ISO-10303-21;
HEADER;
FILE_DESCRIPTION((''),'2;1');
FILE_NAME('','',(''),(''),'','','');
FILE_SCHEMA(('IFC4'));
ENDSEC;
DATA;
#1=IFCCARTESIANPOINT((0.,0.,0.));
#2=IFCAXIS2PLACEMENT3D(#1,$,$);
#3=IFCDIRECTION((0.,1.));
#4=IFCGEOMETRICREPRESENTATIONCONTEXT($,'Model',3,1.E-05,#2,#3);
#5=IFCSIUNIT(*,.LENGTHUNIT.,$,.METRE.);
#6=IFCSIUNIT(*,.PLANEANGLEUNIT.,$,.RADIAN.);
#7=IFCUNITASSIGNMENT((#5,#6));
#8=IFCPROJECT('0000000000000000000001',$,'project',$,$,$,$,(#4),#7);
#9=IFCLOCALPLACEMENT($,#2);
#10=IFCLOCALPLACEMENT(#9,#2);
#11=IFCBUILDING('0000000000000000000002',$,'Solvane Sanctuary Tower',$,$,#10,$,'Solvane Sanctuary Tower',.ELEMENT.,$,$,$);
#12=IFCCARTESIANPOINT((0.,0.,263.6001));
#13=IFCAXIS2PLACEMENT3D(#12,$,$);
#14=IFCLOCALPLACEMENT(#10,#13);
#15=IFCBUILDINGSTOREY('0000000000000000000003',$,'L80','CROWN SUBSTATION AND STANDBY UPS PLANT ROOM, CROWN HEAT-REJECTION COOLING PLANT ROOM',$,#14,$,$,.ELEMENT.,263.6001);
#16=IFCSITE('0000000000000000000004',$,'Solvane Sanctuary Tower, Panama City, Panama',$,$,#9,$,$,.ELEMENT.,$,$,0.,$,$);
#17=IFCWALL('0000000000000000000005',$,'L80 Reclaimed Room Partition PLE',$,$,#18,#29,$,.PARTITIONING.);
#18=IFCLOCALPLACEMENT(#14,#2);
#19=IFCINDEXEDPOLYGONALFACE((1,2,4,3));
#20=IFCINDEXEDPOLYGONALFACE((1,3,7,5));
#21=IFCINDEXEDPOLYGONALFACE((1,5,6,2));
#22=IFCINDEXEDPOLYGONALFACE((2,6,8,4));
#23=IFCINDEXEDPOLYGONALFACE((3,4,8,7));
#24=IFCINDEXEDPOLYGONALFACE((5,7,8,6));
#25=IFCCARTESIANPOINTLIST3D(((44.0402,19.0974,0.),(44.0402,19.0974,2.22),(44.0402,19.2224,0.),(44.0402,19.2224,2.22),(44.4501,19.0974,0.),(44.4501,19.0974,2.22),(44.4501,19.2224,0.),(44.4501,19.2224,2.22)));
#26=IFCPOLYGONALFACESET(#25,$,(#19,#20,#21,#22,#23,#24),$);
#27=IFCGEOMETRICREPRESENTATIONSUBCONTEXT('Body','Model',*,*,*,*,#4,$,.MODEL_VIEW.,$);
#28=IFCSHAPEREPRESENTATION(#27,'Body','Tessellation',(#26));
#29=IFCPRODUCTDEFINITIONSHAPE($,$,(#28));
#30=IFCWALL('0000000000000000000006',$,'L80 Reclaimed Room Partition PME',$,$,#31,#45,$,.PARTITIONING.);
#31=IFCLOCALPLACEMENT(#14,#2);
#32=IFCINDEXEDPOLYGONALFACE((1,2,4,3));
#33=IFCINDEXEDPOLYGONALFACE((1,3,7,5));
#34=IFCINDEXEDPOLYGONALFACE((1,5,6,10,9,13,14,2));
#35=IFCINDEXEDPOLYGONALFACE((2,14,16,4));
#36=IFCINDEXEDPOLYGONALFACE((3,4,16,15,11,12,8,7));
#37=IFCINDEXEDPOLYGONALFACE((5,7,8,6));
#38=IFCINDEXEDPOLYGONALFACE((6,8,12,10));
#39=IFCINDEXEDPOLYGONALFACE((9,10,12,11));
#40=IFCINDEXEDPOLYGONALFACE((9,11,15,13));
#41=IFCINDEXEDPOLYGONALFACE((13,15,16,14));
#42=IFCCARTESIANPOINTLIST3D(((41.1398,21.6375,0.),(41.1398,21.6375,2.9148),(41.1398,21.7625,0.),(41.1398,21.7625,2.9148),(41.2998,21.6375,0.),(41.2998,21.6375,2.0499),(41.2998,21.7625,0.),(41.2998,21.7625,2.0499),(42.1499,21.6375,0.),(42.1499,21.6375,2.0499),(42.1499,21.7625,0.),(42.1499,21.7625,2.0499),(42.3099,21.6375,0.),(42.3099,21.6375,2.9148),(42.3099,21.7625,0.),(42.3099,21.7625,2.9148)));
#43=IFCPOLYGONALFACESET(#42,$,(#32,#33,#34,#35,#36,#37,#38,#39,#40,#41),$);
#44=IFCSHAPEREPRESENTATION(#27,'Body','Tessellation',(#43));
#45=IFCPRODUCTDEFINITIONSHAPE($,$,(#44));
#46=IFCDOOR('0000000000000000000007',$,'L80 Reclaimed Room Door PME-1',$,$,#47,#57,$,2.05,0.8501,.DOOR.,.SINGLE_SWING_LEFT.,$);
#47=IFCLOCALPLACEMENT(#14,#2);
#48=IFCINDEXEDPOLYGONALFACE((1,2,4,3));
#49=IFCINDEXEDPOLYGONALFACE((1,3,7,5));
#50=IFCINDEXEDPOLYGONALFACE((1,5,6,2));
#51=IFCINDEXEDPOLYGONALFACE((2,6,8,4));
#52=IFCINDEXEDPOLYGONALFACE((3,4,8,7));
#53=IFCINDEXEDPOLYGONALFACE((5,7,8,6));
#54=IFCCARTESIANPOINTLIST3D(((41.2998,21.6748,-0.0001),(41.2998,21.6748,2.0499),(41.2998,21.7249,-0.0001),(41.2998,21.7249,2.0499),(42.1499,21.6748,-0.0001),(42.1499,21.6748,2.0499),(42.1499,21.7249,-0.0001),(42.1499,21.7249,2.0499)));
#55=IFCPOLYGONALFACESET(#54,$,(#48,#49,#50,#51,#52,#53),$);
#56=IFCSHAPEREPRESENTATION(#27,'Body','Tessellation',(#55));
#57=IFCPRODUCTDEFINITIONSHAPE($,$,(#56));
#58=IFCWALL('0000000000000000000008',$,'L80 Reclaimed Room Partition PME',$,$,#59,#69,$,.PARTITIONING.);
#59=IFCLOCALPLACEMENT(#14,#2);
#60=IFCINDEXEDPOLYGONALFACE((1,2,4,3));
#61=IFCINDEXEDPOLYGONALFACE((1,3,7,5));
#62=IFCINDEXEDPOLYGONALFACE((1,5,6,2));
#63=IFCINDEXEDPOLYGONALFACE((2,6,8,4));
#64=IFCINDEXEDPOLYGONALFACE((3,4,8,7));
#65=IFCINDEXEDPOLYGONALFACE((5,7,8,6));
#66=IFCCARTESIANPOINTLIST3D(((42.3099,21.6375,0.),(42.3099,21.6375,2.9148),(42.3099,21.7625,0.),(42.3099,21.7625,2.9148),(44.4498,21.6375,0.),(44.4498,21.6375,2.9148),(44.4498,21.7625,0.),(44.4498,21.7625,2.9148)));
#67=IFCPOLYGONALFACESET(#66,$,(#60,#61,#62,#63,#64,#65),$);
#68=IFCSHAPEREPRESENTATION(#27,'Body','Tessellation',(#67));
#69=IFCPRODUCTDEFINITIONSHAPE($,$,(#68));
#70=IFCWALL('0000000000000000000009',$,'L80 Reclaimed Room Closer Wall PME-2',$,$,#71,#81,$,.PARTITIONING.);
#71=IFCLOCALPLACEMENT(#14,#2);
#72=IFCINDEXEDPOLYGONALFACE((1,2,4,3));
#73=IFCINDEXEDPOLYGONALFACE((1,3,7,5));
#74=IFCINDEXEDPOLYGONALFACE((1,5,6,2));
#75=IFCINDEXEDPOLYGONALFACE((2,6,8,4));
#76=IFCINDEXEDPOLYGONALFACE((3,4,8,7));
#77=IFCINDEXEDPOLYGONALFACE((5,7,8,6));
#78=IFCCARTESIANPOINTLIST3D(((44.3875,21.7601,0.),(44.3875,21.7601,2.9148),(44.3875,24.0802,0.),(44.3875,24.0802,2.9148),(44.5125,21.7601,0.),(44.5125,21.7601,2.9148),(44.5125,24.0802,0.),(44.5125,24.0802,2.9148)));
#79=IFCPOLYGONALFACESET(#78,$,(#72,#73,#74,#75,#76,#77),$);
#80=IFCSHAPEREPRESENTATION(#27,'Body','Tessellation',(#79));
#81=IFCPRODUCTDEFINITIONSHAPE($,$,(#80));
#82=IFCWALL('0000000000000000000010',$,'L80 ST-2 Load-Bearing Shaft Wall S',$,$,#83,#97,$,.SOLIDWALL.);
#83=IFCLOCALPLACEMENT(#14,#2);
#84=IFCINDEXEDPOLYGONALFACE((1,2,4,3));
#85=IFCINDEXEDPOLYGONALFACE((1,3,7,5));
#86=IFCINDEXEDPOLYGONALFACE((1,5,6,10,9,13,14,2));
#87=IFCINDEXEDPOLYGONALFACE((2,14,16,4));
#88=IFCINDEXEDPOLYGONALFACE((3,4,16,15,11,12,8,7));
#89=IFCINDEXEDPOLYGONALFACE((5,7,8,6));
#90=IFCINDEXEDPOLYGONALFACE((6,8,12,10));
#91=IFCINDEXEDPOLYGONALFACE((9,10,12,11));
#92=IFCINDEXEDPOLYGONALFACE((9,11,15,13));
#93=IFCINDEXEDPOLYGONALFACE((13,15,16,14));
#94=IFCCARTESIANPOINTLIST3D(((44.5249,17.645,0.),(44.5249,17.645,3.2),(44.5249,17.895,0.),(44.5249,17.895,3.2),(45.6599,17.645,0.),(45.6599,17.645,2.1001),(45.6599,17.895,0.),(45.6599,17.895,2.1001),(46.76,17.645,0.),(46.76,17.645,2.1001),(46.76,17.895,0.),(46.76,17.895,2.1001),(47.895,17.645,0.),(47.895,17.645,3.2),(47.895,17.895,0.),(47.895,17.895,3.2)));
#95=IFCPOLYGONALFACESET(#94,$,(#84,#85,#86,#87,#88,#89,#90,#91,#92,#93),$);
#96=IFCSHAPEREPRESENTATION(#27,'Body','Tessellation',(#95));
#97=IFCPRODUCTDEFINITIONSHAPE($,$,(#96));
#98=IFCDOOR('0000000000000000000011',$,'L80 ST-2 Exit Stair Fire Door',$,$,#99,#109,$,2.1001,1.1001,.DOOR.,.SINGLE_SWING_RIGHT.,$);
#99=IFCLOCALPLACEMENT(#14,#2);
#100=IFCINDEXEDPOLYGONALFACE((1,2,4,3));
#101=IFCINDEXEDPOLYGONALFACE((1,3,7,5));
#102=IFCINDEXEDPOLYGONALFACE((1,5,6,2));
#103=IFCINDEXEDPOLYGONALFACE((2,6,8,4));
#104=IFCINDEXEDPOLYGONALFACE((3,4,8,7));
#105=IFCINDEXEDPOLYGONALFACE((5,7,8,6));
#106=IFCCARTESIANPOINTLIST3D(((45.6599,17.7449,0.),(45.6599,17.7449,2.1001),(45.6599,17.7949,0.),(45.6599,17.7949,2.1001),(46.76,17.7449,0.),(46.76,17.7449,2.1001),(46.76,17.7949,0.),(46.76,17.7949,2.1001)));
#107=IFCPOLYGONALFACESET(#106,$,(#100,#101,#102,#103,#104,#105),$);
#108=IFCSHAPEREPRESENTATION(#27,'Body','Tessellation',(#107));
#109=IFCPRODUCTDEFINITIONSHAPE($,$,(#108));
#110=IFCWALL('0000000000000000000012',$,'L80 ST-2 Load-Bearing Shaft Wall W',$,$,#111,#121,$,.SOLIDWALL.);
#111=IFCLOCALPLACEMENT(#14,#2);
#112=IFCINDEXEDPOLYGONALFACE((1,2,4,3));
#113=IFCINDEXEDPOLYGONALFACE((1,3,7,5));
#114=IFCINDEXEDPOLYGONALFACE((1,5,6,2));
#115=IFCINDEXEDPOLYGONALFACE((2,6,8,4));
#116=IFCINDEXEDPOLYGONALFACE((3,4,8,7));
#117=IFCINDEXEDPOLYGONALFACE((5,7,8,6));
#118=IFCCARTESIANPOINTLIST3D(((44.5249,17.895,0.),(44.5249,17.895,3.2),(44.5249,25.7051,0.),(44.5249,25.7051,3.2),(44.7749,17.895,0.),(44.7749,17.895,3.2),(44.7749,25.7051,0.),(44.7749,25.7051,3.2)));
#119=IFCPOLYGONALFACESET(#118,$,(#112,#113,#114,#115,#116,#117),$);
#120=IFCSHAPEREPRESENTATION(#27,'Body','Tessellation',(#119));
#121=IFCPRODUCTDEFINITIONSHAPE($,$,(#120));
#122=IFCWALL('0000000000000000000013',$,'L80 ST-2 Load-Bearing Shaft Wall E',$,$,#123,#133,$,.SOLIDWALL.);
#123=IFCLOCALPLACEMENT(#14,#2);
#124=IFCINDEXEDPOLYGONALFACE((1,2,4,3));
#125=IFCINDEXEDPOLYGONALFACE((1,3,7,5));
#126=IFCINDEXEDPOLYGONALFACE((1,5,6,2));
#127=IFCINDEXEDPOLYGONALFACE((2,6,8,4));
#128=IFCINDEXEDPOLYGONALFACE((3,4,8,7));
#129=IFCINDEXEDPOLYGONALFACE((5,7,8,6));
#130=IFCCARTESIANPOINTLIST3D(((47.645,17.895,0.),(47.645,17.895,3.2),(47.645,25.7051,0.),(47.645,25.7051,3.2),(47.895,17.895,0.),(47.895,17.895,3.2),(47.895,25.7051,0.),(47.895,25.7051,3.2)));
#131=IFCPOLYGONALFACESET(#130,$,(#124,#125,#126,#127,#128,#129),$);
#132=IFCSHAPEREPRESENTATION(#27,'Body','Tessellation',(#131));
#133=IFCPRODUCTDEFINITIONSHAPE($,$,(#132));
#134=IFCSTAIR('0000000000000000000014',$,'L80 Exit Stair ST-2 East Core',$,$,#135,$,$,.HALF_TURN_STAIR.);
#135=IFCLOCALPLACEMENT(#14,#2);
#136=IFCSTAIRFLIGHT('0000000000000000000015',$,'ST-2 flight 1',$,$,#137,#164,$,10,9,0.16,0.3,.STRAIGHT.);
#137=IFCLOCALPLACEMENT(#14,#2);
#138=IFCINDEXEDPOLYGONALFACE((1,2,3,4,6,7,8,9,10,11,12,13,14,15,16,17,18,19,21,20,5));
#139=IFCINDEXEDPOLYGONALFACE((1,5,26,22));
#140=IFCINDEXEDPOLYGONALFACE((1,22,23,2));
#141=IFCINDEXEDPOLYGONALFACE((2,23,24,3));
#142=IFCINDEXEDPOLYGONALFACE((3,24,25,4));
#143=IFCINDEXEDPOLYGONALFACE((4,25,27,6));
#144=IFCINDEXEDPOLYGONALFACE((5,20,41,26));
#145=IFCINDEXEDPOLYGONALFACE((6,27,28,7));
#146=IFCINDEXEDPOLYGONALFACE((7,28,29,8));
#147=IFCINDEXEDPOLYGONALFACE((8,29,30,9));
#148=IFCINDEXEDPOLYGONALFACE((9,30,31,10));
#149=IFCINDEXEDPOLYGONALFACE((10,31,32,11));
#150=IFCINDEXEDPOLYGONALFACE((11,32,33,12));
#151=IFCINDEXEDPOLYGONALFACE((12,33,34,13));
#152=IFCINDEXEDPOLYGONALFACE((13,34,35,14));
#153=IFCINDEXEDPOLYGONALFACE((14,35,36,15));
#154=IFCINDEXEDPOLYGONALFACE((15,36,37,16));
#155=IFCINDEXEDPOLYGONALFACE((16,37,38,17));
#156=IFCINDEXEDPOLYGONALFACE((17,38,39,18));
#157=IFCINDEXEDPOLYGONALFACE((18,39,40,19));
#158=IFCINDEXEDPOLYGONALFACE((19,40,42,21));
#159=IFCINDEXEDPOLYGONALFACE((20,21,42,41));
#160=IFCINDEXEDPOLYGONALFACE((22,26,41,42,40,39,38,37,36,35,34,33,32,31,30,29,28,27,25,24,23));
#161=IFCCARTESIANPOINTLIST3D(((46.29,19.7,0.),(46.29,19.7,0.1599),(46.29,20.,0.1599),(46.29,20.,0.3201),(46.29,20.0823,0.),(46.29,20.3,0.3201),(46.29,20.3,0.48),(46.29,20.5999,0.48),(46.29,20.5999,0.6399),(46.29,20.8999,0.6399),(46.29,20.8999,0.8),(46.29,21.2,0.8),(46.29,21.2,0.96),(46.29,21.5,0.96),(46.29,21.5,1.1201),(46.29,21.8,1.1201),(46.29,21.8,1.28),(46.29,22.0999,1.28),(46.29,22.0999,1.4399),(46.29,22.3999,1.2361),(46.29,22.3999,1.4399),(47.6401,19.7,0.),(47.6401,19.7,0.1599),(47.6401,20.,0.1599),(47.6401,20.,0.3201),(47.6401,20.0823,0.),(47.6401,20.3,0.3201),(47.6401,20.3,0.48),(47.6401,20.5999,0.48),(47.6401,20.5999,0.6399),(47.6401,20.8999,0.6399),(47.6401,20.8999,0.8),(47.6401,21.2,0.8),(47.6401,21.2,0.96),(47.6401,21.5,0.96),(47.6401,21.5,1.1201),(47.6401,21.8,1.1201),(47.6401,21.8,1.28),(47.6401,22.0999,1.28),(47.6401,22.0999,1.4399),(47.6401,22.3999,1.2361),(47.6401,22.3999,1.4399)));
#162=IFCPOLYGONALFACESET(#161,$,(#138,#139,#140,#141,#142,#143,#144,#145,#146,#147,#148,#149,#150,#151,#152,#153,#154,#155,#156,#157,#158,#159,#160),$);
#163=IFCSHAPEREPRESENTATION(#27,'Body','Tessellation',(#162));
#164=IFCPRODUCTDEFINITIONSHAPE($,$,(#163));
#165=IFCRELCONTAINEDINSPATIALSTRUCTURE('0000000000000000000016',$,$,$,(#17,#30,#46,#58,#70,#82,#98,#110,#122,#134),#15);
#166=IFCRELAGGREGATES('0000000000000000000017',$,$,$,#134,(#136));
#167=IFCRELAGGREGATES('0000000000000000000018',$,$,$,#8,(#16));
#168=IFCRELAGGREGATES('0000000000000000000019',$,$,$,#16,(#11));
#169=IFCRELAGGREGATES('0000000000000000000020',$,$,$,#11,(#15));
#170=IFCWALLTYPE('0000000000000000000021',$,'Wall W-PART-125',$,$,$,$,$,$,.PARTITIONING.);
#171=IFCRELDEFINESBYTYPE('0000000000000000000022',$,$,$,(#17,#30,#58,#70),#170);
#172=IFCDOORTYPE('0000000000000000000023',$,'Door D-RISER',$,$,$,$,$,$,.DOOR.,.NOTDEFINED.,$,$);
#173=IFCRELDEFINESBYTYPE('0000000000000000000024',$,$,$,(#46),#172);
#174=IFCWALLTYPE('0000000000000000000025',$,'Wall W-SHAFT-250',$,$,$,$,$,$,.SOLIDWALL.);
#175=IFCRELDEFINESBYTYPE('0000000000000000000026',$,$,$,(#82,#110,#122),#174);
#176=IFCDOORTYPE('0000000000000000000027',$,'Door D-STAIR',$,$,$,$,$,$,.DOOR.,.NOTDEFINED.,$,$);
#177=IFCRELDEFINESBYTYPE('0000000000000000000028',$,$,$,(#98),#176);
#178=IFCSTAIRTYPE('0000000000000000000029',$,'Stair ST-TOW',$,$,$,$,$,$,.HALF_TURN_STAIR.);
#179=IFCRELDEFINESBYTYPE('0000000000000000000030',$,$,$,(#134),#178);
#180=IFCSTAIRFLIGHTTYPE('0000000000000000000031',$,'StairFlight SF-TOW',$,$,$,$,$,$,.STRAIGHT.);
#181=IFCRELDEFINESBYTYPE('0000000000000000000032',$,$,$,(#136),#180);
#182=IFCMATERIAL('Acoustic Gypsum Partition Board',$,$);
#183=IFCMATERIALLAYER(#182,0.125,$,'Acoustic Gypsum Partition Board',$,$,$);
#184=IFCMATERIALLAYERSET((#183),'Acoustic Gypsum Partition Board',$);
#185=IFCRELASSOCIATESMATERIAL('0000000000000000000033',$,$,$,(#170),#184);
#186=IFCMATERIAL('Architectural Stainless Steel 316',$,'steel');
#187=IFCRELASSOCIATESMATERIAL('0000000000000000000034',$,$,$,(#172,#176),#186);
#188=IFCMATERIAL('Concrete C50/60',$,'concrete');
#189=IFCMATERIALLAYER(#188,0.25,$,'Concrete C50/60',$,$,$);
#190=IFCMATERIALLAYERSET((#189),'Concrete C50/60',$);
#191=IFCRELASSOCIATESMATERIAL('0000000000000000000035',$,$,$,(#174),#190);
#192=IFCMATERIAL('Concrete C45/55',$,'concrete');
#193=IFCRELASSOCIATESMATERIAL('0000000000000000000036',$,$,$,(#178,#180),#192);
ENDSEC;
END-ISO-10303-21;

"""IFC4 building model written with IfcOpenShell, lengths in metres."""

from ifc_helpers import new_model, si_unit, direction, frame, frame_2d, origin, place, context, subcontext, project, spatial, polyline, rectangle, outline, extrude, material, layer, layer_set, type_object, element, fill, aggregate, save


model = new_model("IFC4")

# Units and contexts
model_context = context("Model", 3, precision=1e-05, world=origin(), true_north=direction((0.0, 1.0)))
body_context = subcontext(model_context, "Body", "Model", "MODEL_VIEW")
ifc_project = project(units=[si_unit("LENGTHUNIT", "METRE"), si_unit("PLANEANGLEUNIT", "RADIAN")], contexts=[model_context])

# Site, building, storey
site_placement = place(None, origin())
site = spatial("IfcSite", under=ifc_project, at=site_placement, Name="Solvane Sanctuary Tower, Panama City, Panama", CompositionType="ELEMENT", RefElevation=0.0)
building_placement = place(site_placement, origin())
building = spatial("IfcBuilding", under=site, at=building_placement, Name="Solvane Sanctuary Tower", LongName="Solvane Sanctuary Tower", CompositionType="ELEMENT")
storey_placement = place(building_placement, frame((0.0, 0.0, 263.6001)))
storey = spatial("IfcBuildingStorey", under=building, at=storey_placement, Name="L80", Description="CROWN SUBSTATION AND STANDBY UPS PLANT ROOM, CROWN HEAT-REJECTION COOLING PLANT ROOM", CompositionType="ELEMENT", Elevation=263.6001)

# Shared definitions
ifc_material_1 = material(Name="Concrete C50/60", Category="concrete")

# Shared definitions
ifc_material_2 = material(Name="Acoustic Gypsum Partition Board")
ifc_layer_1 = layer(ifc_material_2, 0.125, Name="Acoustic Gypsum Partition Board")
ifc_layer_set_1 = layer_set([ifc_layer_1], Name="Acoustic Gypsum Partition Board")
wall_type_1 = type_object("IfcWallType", Name="Wall W-PART-125", PredefinedType="PARTITIONING", material=ifc_layer_set_1)
ifc_material_3 = material(Name="Architectural Stainless Steel 316", Category="steel")
door_type_1 = type_object("IfcDoorType", Name="Door D-RISER", OperationType="NOTDEFINED", PredefinedType="DOOR", material=ifc_material_3)

# Wall
wall_1_placement = place(storey_placement, frame((44.04, 19.1599, 0.0), z_axis=(0.0, 0.0, 1.0), x_axis=(1.0, 0.0, 0.0)))
element("IfcWall", 1, at=wall_1_placement, inside=storey, type_object=wall_type_1, Name="L80 Reclaimed Room Partition PLE", PredefinedType="PARTITIONING", context=body_context, shape_type="SweptSolid", body=[
    extrude(rectangle(XDim=0.4099, YDim=0.125, at=frame_2d((0.2051, 0.0))), origin(), (0.0, 0.0, 1.0), 2.22),
])

# Wall, opening, door
wall_2_placement = place(storey_placement, frame((41.1399, 21.7, 0.0), z_axis=(0.0, 0.0, 1.0), x_axis=(1.0, 0.0, 0.0)))
wall_2 = element("IfcWall", 2, at=wall_2_placement, inside=storey, type_object=wall_type_1, Name="L80 Reclaimed Room Partition PME", PredefinedType="PARTITIONING", context=body_context, shape_type="SweptSolid", body=[
    extrude(rectangle(XDim=1.1702, YDim=0.125, at=frame_2d((0.585, 0.0))), origin(), (0.0, 0.0, 1.0), 2.9148),
])
opening_1_placement = place(wall_2_placement, frame((0.1599, 0.0, 0.0)))
opening_1 = element("IfcOpeningElement", 3, at=opening_1_placement, cuts=wall_2, PredefinedType="OPENING", context=body_context, shape_type="SweptSolid", body=[
    extrude(rectangle(XDim=0.8501, YDim=2.05, at=frame_2d((0.425, 1.0249))), frame((0.0, 0.0725, 0.0), z_axis=(0.0, -1.0, 0.0), x_axis=(1.0, 0.0, 0.0)), (0.0, 0.0, 1.0), 0.145),
])
door_1_placement = place(opening_1_placement, origin())
door_1 = element("IfcDoor", 4, at=door_1_placement, inside=storey, type_object=door_type_1, Name="L80 Reclaimed Room Door PME-1", OperationType="SINGLE_SWING_LEFT", OverallHeight=2.05, OverallWidth=0.8501, PredefinedType="DOOR", context=body_context, shape_type="SweptSolid", body=[
    extrude(rectangle(XDim=0.8501, YDim=2.05, at=frame_2d((0.425, 1.0249))), frame((0.0, 0.0249, 0.0), z_axis=(0.0, -1.0, 0.0), x_axis=(1.0, 0.0, 0.0)), (0.0, 0.0, 1.0), 0.05),
])
fill(opening_1, door_1)

# Walls
wall_3_placement = place(storey_placement, frame((42.3101, 21.7, 0.0), z_axis=(0.0, 0.0, 1.0), x_axis=(1.0, 0.0, 0.0)))
element("IfcWall", 5, at=wall_3_placement, inside=storey, type_object=wall_type_1, Name="L80 Reclaimed Room Partition PME", PredefinedType="PARTITIONING", context=body_context, shape_type="SweptSolid", body=[
    extrude(rectangle(XDim=2.1399, YDim=0.125, at=frame_2d((1.0698, 0.0))), origin(), (0.0, 0.0, 1.0), 2.9148),
])
wall_4_placement = place(storey_placement, frame((44.45, 21.76, 0.0), z_axis=(0.0, 0.0, 1.0), x_axis=(0.0, 1.0, 0.0)))
element("IfcWall", 6, at=wall_4_placement, inside=storey, type_object=wall_type_1, Name="L80 Reclaimed Room Closer Wall PME-2", PredefinedType="PARTITIONING", context=body_context, shape_type="SweptSolid", body=[
    extrude(rectangle(XDim=2.3201, YDim=0.125, at=frame_2d((1.1602, 0.0))), origin(), (0.0, 0.0, 1.0), 2.9148),
])

# Wall, opening, door
ifc_layer_2 = layer(ifc_material_1, 0.25, Name="Concrete C50/60")
ifc_layer_set_2 = layer_set([ifc_layer_2], Name="Concrete C50/60")
wall_type_2 = type_object("IfcWallType", Name="Wall W-SHAFT-250", PredefinedType="SOLIDWALL", material=ifc_layer_set_2)
wall_5_placement = place(storey_placement, frame((44.5249, 17.77, 0.0), z_axis=(0.0, 0.0, 1.0), x_axis=(1.0, 0.0, 0.0)))
wall_5 = element("IfcWall", 7, at=wall_5_placement, inside=storey, type_object=wall_type_2, Name="L80 ST-2 Load-Bearing Shaft Wall S", PredefinedType="SOLIDWALL", context=body_context, shape_type="SweptSolid", body=[
    extrude(rectangle(XDim=3.3701, YDim=0.25, at=frame_2d((1.6851, 0.0))), origin(), (0.0, 0.0, 1.0), 3.2),
])
opening_2_placement = place(wall_5_placement, frame((1.135, 0.0, 0.0)))
opening_2 = element("IfcOpeningElement", 8, at=opening_2_placement, cuts=wall_5, PredefinedType="OPENING", context=body_context, shape_type="SweptSolid", body=[
    extrude(rectangle(XDim=1.1001, YDim=2.1001, at=frame_2d((0.55, 1.05))), frame((0.0, 0.135, 0.0), z_axis=(0.0, -1.0, 0.0), x_axis=(1.0, 0.0, 0.0)), (0.0, 0.0, 1.0), 0.27),
])
door_type_2 = type_object("IfcDoorType", Name="Door D-STAIR", OperationType="NOTDEFINED", PredefinedType="DOOR", material=ifc_material_3)
door_2_placement = place(opening_2_placement, origin())
door_2 = element("IfcDoor", 9, at=door_2_placement, inside=storey, type_object=door_type_2, Name="L80 ST-2 Exit Stair Fire Door", OperationType="SINGLE_SWING_RIGHT", OverallHeight=2.1001, OverallWidth=1.1001, PredefinedType="DOOR", context=body_context, shape_type="SweptSolid", body=[
    extrude(rectangle(XDim=1.1001, YDim=2.1001, at=frame_2d((0.55, 1.05))), frame((0.0, 0.0249, 0.0), z_axis=(0.0, -1.0, 0.0), x_axis=(1.0, 0.0, 0.0)), (0.0, 0.0, 1.0), 0.05),
])
fill(opening_2, door_2)

# Walls
for number, where, z_axis, x_axis, name in (
    (10, (44.6499, 17.895, 0.0), (0.0, 0.0, 1.0), (0.0, 1.0, 0.0), "L80 ST-2 Load-Bearing Shaft Wall W"),
    (11, (47.77, 17.895, 0.0), (0.0, 0.0, 1.0), (0.0, 1.0, 0.0), "L80 ST-2 Load-Bearing Shaft Wall E"),
):
    element("IfcWall", number, at=place(storey_placement, frame(where, z_axis=z_axis, x_axis=x_axis)), inside=storey, type_object=wall_type_2, Name=name, PredefinedType="SOLIDWALL", context=body_context, shape_type="SweptSolid", body=[
        extrude(rectangle(XDim=7.8101, YDim=0.25, at=frame_2d((3.905, 0.0))), origin(), (0.0, 0.0, 1.0), 3.2),
    ])

# Stair, stair flight
ifc_material_4 = material(Name="Concrete C45/55", Category="concrete")
stair_type = type_object("IfcStairType", Name="Stair ST-TOW", PredefinedType="HALF_TURN_STAIR", material=ifc_material_4)
stair_placement = place(storey_placement, origin())
stair = element("IfcStair", 12, at=stair_placement, inside=storey, type_object=stair_type, Name="L80 Exit Stair ST-2 East Core", PredefinedType="HALF_TURN_STAIR")
stair_flight_type = type_object("IfcStairFlightType", Name="StairFlight SF-TOW", PredefinedType="STRAIGHT", material=ifc_material_4)
stair_flight_placement = place(storey_placement, frame((46.9651, 19.7, 0.0), z_axis=(0.0, 0.0, 1.0), x_axis=(0.0, 1.0, 0.0)))
stair_flight = element("IfcStairFlight", 13, at=stair_flight_placement, type_object=stair_flight_type, Name="ST-2 flight 1", NumberOfRisers=10, NumberOfTreads=9, PredefinedType="STRAIGHT", RiserHeight=0.16, TreadLength=0.3, context=body_context, shape_type="SweptSolid", body=[
    extrude(outline(polyline([(0.0, 0.0), (0.0, 0.1599), (0.3, 0.1599), (0.3, 0.3201), (0.6001, 0.3201), (0.6001, 0.48), (0.8999, 0.48), (0.8999, 0.6399), (1.2, 0.6399), (1.2, 0.8), (1.5, 0.8), (1.5, 0.96), (1.8, 0.96), (1.8, 1.1201), (2.1001, 1.1201), (2.1001, 1.28), (2.3999, 1.28), (2.3999, 1.4399), (2.7, 1.4399), (2.7, 1.6001), (2.7, 1.2361), (0.3823, 0.0), (0.0, 0.0)])), frame((0.0, 0.675, 0.0), z_axis=(0.0, -1.0, 0.0), x_axis=(1.0, 0.0, 0.0)), (0.0, 0.0, 1.0), 1.3501),
])
aggregate(stair, [stair_flight])

save(model, "model.ifc")
